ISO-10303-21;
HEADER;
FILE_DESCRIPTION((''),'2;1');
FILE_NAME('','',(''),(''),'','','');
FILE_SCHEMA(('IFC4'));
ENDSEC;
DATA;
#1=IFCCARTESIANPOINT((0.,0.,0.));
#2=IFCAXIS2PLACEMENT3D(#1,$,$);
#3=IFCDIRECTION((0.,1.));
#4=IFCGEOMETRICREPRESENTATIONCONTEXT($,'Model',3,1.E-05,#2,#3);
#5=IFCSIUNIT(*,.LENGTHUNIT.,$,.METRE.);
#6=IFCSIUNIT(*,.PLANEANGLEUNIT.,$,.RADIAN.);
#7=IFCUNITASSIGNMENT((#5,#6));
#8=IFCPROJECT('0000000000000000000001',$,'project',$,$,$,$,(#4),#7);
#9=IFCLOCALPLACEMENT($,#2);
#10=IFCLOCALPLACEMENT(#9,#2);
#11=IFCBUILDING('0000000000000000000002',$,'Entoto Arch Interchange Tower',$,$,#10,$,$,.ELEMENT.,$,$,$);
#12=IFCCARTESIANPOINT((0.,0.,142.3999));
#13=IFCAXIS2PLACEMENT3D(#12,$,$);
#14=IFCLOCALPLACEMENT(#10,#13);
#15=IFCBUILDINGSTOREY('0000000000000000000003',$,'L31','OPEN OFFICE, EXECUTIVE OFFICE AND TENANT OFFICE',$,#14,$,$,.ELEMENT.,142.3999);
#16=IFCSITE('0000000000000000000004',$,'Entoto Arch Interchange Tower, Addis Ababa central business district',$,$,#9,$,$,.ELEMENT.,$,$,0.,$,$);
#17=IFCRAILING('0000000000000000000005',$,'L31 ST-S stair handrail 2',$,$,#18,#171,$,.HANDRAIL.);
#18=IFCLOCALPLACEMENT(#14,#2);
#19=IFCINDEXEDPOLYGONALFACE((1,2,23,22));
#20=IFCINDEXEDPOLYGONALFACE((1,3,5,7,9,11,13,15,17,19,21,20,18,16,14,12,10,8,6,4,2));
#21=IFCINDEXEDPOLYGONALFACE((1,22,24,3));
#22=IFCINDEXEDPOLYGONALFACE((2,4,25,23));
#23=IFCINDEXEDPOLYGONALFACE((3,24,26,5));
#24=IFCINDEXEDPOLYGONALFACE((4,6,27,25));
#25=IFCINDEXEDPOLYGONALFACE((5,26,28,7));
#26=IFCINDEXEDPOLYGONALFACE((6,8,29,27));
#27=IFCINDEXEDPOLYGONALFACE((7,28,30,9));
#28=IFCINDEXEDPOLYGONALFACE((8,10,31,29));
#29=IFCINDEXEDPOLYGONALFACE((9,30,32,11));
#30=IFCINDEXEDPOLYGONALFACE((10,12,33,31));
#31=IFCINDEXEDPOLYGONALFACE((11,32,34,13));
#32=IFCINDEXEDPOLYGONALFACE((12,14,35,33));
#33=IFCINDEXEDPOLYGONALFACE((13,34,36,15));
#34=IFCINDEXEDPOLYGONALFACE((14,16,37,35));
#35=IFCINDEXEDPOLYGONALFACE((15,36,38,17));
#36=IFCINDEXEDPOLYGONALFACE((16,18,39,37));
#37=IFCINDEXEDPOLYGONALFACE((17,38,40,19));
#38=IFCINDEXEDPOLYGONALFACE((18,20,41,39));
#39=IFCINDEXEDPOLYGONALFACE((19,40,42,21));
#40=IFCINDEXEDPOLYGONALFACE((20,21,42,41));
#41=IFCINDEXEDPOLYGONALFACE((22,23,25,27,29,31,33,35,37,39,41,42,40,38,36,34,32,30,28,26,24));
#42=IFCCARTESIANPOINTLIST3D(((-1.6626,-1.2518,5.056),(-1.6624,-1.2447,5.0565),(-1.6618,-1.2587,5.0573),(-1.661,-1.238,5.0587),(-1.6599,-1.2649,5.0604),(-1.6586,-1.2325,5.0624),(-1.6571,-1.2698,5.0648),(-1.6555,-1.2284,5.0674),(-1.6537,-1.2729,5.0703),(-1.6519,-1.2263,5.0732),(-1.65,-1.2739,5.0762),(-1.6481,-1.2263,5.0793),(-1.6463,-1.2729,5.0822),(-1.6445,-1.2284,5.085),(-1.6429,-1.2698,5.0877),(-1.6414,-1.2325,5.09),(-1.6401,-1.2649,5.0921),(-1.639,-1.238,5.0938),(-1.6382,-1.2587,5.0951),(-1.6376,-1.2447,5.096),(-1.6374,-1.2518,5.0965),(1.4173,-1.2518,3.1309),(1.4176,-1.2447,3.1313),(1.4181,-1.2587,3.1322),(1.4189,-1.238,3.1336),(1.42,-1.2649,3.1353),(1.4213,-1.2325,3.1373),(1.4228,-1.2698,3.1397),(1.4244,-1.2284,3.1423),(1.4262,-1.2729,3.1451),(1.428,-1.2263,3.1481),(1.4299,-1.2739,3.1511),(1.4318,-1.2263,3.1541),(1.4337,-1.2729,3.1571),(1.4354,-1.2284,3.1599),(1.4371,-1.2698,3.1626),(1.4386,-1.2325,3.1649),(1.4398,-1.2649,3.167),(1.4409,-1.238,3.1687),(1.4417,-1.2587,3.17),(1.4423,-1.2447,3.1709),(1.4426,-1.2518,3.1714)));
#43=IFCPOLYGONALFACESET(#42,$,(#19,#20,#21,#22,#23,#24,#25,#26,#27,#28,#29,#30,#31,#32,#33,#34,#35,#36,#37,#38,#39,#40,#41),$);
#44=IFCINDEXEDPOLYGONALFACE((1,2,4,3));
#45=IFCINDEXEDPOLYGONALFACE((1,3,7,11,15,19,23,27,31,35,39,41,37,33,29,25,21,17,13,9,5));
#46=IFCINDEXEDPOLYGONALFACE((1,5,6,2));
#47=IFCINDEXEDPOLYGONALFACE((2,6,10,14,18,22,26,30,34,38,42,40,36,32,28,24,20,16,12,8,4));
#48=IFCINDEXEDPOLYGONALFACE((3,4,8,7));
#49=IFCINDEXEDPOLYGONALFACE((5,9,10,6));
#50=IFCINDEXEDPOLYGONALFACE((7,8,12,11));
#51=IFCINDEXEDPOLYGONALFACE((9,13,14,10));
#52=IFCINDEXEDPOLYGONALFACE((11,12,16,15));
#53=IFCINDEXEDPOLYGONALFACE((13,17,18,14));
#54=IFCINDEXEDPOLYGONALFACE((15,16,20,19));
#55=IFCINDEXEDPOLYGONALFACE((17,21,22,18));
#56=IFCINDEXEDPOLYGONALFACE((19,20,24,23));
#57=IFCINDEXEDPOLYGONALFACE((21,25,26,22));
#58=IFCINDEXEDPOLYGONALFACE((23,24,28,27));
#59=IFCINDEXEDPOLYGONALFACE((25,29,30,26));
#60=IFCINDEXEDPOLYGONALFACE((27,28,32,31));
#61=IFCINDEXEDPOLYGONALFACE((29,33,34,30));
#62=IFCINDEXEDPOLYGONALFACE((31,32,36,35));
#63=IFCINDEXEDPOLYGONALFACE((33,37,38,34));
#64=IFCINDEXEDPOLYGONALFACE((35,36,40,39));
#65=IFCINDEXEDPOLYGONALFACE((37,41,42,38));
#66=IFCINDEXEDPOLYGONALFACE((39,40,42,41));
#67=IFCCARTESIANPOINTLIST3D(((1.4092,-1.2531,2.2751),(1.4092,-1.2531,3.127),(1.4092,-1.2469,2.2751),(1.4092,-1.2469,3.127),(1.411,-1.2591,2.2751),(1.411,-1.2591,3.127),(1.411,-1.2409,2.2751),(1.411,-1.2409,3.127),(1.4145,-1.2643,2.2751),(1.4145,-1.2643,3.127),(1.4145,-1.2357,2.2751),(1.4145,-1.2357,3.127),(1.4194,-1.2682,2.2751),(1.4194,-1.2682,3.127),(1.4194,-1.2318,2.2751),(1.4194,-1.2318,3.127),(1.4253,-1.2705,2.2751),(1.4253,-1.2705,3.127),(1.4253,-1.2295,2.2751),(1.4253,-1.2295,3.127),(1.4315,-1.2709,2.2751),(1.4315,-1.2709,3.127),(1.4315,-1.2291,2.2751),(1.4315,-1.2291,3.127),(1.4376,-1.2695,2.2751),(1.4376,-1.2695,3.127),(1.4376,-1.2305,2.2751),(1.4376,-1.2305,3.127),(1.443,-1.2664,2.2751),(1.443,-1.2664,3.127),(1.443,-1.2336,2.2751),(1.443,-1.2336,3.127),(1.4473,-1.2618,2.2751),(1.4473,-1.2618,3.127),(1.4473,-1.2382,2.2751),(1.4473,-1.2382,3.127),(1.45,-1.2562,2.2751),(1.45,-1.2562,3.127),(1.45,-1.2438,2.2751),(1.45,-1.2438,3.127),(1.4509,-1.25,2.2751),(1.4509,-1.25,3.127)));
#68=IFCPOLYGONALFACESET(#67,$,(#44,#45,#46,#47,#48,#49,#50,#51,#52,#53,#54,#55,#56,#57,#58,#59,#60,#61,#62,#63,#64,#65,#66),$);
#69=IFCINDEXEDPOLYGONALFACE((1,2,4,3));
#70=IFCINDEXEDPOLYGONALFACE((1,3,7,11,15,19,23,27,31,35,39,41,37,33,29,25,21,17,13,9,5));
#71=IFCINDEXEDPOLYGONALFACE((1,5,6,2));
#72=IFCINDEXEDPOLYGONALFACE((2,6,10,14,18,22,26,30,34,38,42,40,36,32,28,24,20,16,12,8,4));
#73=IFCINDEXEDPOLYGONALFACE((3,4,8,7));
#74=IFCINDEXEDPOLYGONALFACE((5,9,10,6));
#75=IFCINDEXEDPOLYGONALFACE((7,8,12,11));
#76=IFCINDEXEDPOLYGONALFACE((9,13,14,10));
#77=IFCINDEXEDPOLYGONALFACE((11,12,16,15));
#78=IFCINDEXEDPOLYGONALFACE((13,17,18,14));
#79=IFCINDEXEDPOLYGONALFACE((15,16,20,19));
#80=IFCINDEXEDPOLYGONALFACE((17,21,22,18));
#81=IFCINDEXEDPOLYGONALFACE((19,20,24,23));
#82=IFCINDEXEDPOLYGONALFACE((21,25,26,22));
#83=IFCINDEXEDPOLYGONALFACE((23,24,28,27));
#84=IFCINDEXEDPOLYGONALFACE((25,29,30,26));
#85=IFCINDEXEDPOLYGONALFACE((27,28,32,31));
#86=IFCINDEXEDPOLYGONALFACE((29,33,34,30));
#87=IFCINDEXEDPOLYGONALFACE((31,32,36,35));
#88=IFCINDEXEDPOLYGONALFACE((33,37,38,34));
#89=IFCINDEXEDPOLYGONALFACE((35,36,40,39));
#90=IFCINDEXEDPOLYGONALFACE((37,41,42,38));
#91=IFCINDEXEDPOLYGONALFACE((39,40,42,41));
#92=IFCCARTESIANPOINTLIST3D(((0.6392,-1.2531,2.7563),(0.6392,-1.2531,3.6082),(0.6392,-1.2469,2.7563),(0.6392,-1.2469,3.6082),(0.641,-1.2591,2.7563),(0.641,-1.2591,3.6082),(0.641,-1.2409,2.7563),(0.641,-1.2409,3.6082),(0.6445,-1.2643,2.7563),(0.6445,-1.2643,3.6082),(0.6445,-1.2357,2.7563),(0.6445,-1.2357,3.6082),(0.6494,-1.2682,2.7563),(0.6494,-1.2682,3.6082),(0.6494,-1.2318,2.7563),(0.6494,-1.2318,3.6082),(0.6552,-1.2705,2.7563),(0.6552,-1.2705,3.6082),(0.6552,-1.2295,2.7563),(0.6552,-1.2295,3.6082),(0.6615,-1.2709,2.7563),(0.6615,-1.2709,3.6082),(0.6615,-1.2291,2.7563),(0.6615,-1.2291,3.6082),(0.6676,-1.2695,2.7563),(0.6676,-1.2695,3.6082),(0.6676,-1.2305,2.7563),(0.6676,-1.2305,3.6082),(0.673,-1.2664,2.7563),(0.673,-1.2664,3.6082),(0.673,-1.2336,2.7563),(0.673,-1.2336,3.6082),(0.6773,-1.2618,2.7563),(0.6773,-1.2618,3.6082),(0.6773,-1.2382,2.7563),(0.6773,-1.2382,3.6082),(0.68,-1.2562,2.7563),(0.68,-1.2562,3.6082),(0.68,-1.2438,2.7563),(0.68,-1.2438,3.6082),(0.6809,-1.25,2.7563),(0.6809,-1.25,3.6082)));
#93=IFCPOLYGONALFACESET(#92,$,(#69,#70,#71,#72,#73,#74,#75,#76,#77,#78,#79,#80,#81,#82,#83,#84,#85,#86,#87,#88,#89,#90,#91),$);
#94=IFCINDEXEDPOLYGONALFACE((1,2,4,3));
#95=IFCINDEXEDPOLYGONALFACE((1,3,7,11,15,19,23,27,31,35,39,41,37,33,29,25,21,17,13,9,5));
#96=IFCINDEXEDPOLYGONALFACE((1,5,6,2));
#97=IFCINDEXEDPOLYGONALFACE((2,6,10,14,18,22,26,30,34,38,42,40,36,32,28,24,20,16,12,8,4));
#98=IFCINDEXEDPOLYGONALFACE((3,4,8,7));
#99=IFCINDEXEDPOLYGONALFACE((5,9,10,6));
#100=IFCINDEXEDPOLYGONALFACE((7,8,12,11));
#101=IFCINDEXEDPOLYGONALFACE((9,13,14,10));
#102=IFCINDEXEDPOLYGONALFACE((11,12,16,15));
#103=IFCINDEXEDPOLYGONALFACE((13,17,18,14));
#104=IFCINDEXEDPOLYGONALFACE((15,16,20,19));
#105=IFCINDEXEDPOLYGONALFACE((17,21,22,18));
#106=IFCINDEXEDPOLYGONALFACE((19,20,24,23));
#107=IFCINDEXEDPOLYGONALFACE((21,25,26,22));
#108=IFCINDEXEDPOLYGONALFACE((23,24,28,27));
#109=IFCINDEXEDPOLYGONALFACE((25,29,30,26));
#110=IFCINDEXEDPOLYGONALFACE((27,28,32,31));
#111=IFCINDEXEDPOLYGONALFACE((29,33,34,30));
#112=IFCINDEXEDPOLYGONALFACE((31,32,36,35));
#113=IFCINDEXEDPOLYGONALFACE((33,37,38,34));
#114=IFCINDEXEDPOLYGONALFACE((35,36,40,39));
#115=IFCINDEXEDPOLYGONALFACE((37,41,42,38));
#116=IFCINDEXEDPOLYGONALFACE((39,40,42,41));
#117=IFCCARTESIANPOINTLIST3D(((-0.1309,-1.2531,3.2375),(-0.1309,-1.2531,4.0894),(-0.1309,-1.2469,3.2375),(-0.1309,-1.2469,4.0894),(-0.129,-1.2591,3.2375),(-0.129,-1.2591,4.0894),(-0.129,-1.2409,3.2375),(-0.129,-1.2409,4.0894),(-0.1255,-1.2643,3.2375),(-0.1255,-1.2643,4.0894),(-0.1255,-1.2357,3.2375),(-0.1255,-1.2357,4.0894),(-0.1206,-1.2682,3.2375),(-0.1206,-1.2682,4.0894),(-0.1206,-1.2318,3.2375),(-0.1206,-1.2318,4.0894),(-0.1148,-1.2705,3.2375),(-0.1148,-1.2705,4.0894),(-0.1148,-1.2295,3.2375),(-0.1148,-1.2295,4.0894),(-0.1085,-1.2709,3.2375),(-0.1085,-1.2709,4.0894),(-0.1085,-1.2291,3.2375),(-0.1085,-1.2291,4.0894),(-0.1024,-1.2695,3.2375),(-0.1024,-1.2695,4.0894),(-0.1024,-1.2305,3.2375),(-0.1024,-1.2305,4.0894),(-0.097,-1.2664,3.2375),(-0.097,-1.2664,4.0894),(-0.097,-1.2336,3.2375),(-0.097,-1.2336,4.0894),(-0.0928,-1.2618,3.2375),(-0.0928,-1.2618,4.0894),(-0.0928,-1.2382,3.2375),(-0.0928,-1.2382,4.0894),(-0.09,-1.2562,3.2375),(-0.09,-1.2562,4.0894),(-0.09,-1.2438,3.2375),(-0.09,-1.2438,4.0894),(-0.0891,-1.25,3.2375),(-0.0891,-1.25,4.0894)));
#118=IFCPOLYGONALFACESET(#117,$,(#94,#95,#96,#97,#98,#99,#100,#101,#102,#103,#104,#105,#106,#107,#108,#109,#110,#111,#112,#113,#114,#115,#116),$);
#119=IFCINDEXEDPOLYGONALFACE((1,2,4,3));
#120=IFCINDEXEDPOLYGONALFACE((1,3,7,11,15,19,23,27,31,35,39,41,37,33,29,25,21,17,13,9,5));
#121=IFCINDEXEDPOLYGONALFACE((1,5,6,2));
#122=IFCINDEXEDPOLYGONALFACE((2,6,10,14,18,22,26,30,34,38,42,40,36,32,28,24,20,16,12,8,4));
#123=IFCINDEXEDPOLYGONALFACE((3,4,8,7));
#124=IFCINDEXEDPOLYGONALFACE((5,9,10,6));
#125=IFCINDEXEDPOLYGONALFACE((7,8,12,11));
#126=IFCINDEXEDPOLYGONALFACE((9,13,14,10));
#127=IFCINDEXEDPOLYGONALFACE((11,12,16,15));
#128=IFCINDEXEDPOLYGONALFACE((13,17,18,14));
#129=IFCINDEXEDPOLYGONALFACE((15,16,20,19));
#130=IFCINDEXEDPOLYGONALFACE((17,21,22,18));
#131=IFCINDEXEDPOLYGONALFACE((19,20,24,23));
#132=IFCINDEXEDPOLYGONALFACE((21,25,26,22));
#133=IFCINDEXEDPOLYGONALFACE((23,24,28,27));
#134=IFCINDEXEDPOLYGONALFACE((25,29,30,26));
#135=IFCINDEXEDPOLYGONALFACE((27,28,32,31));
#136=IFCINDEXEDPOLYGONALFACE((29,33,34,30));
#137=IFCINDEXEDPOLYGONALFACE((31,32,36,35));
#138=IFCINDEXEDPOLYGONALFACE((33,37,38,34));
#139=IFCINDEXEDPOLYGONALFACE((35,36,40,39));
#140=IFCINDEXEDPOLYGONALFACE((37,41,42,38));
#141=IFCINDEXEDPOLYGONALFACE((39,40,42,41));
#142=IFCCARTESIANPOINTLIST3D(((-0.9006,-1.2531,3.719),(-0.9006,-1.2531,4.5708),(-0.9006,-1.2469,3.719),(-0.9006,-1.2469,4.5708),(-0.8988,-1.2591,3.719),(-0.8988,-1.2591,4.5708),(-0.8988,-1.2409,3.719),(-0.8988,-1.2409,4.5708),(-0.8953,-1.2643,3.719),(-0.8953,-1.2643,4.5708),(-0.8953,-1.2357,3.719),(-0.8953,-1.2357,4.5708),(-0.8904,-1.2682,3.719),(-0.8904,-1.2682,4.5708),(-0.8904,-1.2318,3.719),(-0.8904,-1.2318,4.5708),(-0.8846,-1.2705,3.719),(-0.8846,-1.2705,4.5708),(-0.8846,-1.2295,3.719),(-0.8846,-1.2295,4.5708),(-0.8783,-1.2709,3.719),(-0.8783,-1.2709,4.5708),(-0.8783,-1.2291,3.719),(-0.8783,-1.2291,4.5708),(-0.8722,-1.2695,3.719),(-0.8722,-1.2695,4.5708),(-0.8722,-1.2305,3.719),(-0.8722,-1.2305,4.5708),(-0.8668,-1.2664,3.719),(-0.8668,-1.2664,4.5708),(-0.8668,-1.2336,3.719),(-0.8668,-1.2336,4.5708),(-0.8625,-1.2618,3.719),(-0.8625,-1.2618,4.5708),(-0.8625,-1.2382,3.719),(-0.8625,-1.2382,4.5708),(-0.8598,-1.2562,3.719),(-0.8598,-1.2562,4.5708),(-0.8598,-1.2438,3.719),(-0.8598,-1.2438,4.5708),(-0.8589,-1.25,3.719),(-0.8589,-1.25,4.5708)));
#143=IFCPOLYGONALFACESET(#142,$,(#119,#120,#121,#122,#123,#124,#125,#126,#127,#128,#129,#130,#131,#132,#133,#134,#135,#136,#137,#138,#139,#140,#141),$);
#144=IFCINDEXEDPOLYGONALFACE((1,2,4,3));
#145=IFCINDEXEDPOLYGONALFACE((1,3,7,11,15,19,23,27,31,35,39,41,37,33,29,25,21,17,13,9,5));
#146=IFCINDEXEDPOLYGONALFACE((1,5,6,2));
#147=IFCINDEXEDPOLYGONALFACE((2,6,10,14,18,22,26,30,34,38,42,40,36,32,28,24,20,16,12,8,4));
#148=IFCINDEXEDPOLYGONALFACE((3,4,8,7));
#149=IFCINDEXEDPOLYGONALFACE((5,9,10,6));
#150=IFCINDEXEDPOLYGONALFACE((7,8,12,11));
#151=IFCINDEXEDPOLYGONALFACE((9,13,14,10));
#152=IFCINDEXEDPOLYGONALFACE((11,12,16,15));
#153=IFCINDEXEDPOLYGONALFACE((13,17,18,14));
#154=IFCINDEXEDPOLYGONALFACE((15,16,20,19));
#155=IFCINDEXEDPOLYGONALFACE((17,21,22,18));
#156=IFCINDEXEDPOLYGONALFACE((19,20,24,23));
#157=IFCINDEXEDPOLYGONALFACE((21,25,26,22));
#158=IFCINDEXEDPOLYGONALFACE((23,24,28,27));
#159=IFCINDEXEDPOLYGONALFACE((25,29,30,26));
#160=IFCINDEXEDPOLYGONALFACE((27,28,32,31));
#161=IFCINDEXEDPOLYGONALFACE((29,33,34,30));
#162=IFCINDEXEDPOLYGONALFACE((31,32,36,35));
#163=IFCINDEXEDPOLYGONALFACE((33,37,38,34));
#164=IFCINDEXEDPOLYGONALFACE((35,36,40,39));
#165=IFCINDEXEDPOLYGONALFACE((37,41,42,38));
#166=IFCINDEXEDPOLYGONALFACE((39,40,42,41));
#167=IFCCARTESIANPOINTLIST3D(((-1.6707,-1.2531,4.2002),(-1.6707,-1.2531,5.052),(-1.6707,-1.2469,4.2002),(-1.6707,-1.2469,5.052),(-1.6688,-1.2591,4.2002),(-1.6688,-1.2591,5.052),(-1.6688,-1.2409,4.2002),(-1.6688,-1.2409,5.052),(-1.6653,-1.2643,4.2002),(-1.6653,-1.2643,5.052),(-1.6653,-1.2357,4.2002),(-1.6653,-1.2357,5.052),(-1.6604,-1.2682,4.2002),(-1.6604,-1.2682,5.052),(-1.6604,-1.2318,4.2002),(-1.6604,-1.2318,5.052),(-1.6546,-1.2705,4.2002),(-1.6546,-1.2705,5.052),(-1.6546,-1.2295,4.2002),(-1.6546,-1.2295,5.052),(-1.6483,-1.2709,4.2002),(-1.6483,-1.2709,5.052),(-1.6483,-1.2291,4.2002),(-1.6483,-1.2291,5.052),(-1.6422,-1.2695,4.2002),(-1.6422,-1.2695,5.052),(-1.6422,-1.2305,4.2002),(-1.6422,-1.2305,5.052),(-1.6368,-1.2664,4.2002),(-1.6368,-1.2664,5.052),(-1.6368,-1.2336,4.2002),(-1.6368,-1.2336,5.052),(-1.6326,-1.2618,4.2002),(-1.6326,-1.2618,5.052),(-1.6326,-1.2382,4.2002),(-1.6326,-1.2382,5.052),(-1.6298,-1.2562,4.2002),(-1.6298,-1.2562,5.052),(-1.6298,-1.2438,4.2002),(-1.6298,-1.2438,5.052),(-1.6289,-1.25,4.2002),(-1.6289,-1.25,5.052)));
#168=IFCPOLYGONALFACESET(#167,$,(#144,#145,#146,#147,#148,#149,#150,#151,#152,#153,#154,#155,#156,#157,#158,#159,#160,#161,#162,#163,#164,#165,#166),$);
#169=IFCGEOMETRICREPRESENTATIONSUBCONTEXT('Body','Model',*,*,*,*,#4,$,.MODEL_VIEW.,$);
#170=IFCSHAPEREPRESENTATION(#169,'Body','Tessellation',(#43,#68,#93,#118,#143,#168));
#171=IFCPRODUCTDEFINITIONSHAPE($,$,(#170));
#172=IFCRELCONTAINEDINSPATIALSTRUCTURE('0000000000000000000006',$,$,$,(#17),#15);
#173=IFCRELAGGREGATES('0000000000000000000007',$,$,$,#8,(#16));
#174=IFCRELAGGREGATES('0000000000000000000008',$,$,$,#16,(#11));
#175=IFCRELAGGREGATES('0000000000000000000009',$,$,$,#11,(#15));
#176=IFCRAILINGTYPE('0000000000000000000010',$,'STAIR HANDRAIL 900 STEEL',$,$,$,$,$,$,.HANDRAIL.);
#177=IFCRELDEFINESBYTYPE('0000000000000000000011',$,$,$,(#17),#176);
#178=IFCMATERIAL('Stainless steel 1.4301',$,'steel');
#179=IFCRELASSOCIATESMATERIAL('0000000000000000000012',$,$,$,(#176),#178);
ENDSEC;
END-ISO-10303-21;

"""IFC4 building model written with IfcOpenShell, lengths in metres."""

from ifc_helpers import new_model, si_unit, direction, frame, origin, origin_2d, place, context, subcontext, project, spatial, circle, extrude, material, type_object, element, save


model = new_model("IFC4")

# Units and contexts
model_context = context("Model", 3, precision=1e-05, world=origin(), true_north=direction((0.0, 1.0)))
body_context = subcontext(model_context, "Body", "Model", "MODEL_VIEW")
ifc_project = project(units=[si_unit("LENGTHUNIT", "METRE"), si_unit("PLANEANGLEUNIT", "RADIAN")], contexts=[model_context])

# Site, building, storey
site_placement = place(None, origin())
site = spatial("IfcSite", under=ifc_project, at=site_placement, Name="Entoto Arch Interchange Tower, Addis Ababa central business district", CompositionType="ELEMENT", RefElevation=0.0)
building_placement = place(site_placement, origin())
building = spatial("IfcBuilding", under=site, at=building_placement, Name="Entoto Arch Interchange Tower", CompositionType="ELEMENT")
storey_placement = place(building_placement, frame((0.0, 0.0, 142.3999)))
storey = spatial("IfcBuildingStorey", under=building, at=storey_placement, Name="L31", Description="OPEN OFFICE, EXECUTIVE OFFICE AND TENANT OFFICE", CompositionType="ELEMENT", Elevation=142.3999)

# Railing
ifc_material_1 = material(Name="Stainless steel 1.4301", Category="steel")
railing_type_1 = type_object("IfcRailingType", Name="STAIR HANDRAIL 900 STEEL", PredefinedType="HANDRAIL", material=ifc_material_1)
railing_1_placement = place(storey_placement, frame((1.4299, -1.25, 2.2751)))
element("IfcRailing", 1, at=railing_1_placement, inside=storey, type_object=railing_type_1, Name="L31 ST-S stair handrail 2", PredefinedType="HANDRAIL", context=body_context, shape_type="SweptSolid", body=[
    extrude(circle(Radius=0.0239, at=origin_2d()), frame((0.0, 0.0, 0.876), z_axis=(-0.847979, 0.0, 0.530029), x_axis=(0.0, -1.0, 0.0)), (0.0, 0.0, 1.0), 3.6321),
    extrude(circle(Radius=0.021, at=origin_2d()), origin(), (0.0, 0.0, 1.0), 0.8518),
    extrude(circle(Radius=0.021, at=origin_2d()), frame((-0.77, 0.0, 0.4812)), (0.0, 0.0, 1.0), 0.8518),
    extrude(circle(Radius=0.021, at=origin_2d()), frame((-1.54, 0.0, 0.9624)), (0.0, 0.0, 1.0), 0.8518),
    extrude(circle(Radius=0.021, at=origin_2d()), frame((-2.3098, 0.0, 1.4438)), (0.0, 0.0, 1.0), 0.8518),
    extrude(circle(Radius=0.021, at=origin_2d()), frame((-3.0798, 0.0, 1.925)), (0.0, 0.0, 1.0), 0.8518),
])

save(model, "model.ifc")
